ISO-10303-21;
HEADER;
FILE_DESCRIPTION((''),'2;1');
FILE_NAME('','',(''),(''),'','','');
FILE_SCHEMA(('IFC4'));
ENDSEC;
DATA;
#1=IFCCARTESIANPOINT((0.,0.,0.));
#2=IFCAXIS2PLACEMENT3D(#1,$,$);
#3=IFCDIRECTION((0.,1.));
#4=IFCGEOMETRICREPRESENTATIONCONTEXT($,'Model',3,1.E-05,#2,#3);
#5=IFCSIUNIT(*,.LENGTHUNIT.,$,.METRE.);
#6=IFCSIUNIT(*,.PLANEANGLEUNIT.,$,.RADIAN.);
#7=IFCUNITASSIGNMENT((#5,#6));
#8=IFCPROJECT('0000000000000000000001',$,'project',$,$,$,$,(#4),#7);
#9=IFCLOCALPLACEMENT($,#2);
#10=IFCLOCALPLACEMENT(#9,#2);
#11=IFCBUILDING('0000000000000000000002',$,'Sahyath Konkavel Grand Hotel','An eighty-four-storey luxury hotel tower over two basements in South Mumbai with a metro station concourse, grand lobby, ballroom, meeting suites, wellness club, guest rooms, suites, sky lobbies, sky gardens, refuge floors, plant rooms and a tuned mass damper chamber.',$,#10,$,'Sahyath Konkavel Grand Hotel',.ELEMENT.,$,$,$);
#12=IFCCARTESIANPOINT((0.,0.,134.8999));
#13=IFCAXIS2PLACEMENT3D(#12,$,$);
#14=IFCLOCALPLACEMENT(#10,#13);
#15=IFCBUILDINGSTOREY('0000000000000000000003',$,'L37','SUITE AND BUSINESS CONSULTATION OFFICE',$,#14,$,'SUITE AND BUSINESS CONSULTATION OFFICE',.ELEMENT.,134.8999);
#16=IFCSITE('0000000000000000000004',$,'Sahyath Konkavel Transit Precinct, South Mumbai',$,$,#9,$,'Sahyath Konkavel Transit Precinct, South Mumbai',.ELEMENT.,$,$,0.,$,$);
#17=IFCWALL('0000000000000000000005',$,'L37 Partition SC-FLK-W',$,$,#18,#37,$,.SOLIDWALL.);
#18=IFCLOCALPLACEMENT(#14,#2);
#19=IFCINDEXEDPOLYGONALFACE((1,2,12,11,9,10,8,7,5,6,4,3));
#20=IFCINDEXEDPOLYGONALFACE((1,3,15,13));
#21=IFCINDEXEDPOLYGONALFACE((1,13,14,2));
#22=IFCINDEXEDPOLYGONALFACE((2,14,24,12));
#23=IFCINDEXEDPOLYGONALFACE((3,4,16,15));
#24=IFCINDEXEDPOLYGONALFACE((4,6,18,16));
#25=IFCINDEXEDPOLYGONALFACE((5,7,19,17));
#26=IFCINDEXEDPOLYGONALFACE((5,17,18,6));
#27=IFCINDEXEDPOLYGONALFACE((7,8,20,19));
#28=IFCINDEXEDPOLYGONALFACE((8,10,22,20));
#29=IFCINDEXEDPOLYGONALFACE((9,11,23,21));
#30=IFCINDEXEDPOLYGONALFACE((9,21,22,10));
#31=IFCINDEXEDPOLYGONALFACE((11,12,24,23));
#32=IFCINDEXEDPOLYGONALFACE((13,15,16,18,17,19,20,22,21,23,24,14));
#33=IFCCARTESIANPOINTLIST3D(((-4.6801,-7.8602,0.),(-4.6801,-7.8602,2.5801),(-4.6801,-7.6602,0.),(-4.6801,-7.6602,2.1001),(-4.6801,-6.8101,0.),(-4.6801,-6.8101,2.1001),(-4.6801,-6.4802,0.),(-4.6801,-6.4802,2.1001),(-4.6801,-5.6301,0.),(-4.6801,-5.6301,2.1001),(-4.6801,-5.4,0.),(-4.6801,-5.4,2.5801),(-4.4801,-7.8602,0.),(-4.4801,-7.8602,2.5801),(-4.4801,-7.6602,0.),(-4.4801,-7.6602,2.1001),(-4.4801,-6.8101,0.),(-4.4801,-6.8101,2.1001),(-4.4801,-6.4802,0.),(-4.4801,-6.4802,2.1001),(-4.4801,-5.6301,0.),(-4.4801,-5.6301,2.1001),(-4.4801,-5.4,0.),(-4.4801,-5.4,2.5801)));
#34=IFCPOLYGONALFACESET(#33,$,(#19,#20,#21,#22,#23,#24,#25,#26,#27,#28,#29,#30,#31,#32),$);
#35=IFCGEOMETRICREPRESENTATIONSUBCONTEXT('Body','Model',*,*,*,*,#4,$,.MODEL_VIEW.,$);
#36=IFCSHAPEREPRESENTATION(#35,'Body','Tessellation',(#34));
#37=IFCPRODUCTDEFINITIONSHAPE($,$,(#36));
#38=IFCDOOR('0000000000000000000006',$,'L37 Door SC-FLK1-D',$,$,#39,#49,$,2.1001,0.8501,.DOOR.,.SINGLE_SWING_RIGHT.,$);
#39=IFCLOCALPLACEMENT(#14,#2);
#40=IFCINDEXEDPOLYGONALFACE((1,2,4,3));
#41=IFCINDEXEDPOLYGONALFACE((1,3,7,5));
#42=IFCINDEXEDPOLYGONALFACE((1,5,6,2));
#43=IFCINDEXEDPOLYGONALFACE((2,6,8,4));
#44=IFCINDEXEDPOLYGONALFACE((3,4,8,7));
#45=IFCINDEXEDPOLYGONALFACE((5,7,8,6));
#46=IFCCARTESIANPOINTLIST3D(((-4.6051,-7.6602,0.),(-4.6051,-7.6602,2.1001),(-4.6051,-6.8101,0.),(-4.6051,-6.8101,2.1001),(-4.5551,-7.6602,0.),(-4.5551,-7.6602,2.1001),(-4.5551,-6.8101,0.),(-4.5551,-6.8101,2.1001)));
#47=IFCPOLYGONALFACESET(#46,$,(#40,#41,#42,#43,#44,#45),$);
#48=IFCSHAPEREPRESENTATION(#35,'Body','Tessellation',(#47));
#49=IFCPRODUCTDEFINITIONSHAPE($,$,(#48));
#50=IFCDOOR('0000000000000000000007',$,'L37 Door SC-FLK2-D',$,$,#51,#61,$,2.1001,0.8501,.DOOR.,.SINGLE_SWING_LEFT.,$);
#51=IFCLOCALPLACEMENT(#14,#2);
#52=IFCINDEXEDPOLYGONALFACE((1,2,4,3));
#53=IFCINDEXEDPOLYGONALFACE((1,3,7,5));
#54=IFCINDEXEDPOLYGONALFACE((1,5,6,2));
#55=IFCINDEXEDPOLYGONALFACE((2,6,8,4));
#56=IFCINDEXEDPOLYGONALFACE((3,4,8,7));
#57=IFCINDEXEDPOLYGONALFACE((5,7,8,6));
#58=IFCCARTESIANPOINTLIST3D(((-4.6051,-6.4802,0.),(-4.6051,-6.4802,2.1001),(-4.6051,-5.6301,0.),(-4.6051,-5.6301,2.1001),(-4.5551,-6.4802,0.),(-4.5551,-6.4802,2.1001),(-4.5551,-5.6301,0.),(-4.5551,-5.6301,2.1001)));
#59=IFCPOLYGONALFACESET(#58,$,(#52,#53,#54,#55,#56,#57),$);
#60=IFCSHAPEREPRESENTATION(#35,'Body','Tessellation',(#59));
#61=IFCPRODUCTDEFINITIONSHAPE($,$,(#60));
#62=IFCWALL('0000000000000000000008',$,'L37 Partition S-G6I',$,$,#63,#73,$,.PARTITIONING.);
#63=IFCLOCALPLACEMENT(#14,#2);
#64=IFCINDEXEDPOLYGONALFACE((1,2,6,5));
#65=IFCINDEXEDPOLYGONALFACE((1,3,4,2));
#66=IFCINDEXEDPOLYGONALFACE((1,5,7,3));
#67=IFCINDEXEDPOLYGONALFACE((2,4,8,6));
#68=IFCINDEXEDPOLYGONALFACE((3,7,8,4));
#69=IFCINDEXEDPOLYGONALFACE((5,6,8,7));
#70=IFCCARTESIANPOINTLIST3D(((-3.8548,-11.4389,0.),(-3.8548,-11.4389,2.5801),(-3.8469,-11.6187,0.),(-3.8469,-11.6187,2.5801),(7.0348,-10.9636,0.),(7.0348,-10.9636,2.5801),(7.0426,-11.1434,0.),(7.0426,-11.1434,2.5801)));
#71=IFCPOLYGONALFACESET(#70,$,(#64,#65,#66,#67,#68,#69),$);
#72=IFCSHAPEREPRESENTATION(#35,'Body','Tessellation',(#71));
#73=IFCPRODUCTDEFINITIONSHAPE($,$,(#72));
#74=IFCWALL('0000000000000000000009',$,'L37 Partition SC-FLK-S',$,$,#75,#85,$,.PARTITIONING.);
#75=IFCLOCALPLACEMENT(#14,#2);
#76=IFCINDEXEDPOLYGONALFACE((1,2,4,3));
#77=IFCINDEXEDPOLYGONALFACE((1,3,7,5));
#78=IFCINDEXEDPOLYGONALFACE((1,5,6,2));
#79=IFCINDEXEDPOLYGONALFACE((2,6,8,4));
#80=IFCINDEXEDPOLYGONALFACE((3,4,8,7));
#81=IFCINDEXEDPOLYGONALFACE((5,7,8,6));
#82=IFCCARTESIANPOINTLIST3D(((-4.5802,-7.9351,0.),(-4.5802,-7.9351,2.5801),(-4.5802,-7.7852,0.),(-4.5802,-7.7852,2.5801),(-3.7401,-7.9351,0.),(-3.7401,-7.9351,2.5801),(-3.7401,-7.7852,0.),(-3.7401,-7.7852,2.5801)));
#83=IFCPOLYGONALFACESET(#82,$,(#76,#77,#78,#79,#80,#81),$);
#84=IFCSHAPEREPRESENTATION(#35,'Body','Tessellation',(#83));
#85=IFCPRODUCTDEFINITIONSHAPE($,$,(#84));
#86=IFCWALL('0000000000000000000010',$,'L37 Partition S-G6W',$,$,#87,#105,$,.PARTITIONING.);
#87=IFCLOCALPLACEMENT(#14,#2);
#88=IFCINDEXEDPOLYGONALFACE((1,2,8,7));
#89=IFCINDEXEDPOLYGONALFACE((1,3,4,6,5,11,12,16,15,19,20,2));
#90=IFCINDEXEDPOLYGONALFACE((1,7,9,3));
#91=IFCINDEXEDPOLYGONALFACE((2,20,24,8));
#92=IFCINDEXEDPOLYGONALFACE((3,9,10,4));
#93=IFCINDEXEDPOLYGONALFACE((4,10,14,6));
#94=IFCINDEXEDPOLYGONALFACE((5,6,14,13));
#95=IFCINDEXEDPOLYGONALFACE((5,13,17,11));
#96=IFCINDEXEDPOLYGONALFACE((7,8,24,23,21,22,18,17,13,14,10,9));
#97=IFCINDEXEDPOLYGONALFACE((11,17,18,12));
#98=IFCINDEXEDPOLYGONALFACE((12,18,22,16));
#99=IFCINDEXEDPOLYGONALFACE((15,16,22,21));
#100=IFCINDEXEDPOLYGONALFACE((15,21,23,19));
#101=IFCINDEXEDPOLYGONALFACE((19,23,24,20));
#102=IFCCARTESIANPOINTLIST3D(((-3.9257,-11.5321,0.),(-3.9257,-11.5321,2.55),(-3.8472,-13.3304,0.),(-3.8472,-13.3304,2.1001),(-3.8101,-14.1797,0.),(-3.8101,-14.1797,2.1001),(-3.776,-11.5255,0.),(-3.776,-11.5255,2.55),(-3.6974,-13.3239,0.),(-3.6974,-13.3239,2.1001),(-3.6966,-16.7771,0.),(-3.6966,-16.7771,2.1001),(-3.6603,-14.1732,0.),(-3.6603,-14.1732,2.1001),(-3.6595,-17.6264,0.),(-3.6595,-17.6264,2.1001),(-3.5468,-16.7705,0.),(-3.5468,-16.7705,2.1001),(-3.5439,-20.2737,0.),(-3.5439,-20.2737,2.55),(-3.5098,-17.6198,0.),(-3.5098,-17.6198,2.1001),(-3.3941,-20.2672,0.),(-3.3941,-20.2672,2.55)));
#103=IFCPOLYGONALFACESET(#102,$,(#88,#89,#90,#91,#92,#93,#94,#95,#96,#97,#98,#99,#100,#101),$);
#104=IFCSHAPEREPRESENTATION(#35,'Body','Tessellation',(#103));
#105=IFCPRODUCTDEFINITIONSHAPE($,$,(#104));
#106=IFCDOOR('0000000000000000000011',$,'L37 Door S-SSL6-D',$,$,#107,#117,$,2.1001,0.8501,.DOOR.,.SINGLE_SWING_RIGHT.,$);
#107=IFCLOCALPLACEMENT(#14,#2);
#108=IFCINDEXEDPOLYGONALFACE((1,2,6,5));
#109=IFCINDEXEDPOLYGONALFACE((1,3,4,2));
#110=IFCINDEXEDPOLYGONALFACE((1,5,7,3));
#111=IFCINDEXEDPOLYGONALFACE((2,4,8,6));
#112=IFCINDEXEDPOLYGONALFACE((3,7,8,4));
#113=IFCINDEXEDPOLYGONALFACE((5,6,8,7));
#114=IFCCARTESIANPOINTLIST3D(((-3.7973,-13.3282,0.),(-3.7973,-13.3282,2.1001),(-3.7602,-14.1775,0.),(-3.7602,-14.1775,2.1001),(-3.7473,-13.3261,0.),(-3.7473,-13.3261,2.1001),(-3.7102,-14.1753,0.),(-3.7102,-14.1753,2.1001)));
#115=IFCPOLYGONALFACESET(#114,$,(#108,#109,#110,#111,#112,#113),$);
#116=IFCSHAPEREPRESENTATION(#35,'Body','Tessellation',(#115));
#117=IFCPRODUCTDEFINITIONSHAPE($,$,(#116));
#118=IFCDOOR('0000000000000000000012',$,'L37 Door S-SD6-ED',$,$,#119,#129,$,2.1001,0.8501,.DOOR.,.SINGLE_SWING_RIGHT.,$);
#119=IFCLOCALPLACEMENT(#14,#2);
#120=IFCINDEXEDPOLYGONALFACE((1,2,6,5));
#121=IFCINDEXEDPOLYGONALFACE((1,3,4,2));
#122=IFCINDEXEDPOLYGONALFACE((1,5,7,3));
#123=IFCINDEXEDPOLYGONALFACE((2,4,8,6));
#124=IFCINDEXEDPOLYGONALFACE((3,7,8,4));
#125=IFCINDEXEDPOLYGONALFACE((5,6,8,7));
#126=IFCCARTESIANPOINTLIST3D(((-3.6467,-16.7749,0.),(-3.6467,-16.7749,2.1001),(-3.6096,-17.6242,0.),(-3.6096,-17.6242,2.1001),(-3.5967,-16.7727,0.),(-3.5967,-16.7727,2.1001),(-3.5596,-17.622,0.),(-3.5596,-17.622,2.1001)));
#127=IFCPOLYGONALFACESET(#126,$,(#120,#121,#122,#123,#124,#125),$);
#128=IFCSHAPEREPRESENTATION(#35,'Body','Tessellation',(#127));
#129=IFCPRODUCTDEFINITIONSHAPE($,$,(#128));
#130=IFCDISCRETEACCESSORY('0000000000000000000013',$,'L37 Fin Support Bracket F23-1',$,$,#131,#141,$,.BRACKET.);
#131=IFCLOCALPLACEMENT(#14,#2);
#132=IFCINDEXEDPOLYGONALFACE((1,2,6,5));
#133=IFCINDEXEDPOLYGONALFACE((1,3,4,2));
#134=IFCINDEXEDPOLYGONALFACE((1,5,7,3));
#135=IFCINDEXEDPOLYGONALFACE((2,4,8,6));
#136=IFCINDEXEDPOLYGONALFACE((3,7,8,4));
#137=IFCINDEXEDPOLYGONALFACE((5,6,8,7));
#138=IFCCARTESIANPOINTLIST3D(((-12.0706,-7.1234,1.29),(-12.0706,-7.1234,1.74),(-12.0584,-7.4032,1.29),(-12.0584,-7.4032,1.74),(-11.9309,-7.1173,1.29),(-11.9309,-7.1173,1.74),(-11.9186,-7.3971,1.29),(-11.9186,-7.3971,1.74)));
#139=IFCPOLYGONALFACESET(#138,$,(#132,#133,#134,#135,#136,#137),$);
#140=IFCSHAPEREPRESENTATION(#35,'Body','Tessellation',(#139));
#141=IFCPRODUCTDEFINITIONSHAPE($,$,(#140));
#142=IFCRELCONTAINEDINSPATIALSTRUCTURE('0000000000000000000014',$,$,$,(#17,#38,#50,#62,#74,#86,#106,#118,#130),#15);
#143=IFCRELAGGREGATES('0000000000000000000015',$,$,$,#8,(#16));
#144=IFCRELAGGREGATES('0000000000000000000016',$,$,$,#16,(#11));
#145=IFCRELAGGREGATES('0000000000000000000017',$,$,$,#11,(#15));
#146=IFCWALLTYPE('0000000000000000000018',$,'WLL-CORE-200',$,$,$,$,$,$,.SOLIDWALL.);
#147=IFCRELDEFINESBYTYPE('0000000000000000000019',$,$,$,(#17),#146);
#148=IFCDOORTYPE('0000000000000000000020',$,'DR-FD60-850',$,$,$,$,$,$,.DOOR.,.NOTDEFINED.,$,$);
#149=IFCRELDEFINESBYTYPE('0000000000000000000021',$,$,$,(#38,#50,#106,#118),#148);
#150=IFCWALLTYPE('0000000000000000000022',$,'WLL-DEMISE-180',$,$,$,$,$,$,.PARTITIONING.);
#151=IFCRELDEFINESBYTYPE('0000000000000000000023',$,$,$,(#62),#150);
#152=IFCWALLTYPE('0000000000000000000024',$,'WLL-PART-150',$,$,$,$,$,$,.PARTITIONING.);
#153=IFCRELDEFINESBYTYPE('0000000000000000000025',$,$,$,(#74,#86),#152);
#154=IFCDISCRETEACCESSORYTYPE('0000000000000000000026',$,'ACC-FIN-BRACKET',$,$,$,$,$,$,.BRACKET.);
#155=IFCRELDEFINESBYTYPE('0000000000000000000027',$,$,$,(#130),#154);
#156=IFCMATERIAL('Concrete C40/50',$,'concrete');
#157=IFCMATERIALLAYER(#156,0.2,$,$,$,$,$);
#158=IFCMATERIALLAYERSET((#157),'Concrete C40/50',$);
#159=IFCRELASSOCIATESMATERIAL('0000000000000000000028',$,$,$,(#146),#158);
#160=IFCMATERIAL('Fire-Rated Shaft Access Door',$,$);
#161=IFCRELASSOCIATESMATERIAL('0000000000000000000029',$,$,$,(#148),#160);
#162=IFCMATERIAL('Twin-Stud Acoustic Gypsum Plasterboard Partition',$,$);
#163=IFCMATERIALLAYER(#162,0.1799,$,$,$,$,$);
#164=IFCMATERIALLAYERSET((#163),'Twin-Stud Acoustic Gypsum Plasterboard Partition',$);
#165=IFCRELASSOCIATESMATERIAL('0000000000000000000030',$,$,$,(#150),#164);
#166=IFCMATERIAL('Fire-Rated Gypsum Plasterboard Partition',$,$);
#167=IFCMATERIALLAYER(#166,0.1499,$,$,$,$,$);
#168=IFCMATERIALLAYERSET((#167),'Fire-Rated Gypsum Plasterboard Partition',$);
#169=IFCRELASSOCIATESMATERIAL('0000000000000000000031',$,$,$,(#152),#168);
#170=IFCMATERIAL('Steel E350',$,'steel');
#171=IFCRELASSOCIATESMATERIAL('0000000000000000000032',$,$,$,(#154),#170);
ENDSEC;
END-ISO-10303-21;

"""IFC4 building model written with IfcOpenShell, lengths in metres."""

from ifc_helpers import new_model, si_unit, direction, frame, frame_2d, origin, origin_2d, place, context, subcontext, project, spatial, rectangle, extrude, source, transform, mapped, material, layer, layer_set, type_object, element, fill, save


model = new_model("IFC4")

# Units and contexts
model_context = context("Model", 3, precision=1e-05, world=origin(), true_north=direction((0.0, 1.0)))
body_context = subcontext(model_context, "Body", "Model", "MODEL_VIEW")
ifc_project = project(units=[si_unit("LENGTHUNIT", "METRE"), si_unit("PLANEANGLEUNIT", "RADIAN")], contexts=[model_context])

# Site, building, storey
site_placement = place(None, origin())
site = spatial("IfcSite", under=ifc_project, at=site_placement, Name="Sahyath Konkavel Transit Precinct, South Mumbai", LongName="Sahyath Konkavel Transit Precinct, South Mumbai", CompositionType="ELEMENT", RefElevation=0.0)
building_placement = place(site_placement, origin())
building = spatial("IfcBuilding", under=site, at=building_placement, Name="Sahyath Konkavel Grand Hotel", Description="An eighty-four-storey luxury hotel tower over two basements in South Mumbai with a metro station concourse, grand lobby, ballroom, meeting suites, wellness club, guest rooms, suites, sky lobbies, sky gardens, refuge floors, plant rooms and a tuned mass damper chamber.", LongName="Sahyath Konkavel Grand Hotel", CompositionType="ELEMENT")
storey_placement = place(building_placement, frame((0.0, 0.0, 134.8999)))
storey = spatial("IfcBuildingStorey", under=building, at=storey_placement, Name="L37", Description="SUITE AND BUSINESS CONSULTATION OFFICE", LongName="SUITE AND BUSINESS CONSULTATION OFFICE", CompositionType="ELEMENT", Elevation=134.8999)

# Shared definitions
ifc_material_1 = material(Name="Steel E350", Category="steel")

# Shared definitions
ifc_material_2 = material(Name="Concrete C40/50", Category="concrete")
ifc_layer_1 = layer(ifc_material_2, 0.2)
ifc_layer_set_1 = layer_set([ifc_layer_1], Name="Concrete C40/50")
wall_type_1 = type_object("IfcWallType", Name="WLL-CORE-200", PredefinedType="SOLIDWALL", material=ifc_layer_set_1)

# Wall, openings, doors
wall_1_placement = place(storey_placement, frame((-4.5801, -7.8601, 0.0), z_axis=(0.0, 0.0, 1.0), x_axis=(0.0, 1.0, 0.0)))
wall_1 = element("IfcWall", 1, at=wall_1_placement, inside=storey, type_object=wall_type_1, Name="L37 Partition SC-FLK-W", PredefinedType="SOLIDWALL", context=body_context, shape_type="SweptSolid", body=[
    extrude(rectangle(XDim=2.4602, YDim=0.2, at=frame_2d((1.23, 0.0))), origin(), (0.0, 0.0, 1.0), 2.5801),
])
opening_1_placement = place(wall_1_placement, frame((0.2, 0.0, 0.0)))
opening_1 = element("IfcOpeningElement", 2, at=opening_1_placement, cuts=wall_1, PredefinedType="OPENING", context=body_context, shape_type="SweptSolid", body=[
    extrude(rectangle(XDim=0.8501, YDim=2.1001, at=frame_2d((0.425, 1.05))), frame((0.0, 0.1099, 0.0), z_axis=(0.0, -1.0, 0.0), x_axis=(1.0, 0.0, 0.0)), (0.0, 0.0, 1.0), 0.22),
])
opening_2_placement = place(wall_1_placement, frame((1.3799, 0.0, 0.0)))
opening_2 = element("IfcOpeningElement", 3, at=opening_2_placement, cuts=wall_1, PredefinedType="OPENING", context=body_context, shape_type="SweptSolid", body=[
    extrude(rectangle(XDim=0.8501, YDim=2.1001, at=frame_2d((0.425, 1.05))), frame((0.0, 0.1099, 0.0), z_axis=(0.0, -1.0, 0.0), x_axis=(1.0, 0.0, 0.0)), (0.0, 0.0, 1.0), 0.22),
])
ifc_material_3 = material(Name="Fire-Rated Shaft Access Door")
door_type_1 = type_object("IfcDoorType", Name="DR-FD60-850", OperationType="NOTDEFINED", PredefinedType="DOOR", material=ifc_material_3)
shared_shape_1 = source(origin(), body_context, "Body", "SweptSolid", [
    extrude(rectangle(XDim=0.8501, YDim=0.05, at=origin_2d()), origin(), (0.0, 0.0, 1.0), 2.1001),
])
door_1_placement = place(opening_1_placement, frame((0.425, 0.0, 0.0)))
door_1 = element("IfcDoor", 4, at=door_1_placement, inside=storey, type_object=door_type_1, Name="L37 Door SC-FLK1-D", OperationType="SINGLE_SWING_RIGHT", OverallHeight=2.1001, OverallWidth=0.8501, PredefinedType="DOOR", context=body_context, shape_type="MappedRepresentation", body=[
    mapped(shared_shape_1, transform((0.0, 0.0, 0.0), scale=1.0)),
])
fill(opening_1, door_1)
door_2_placement = place(opening_2_placement, frame((0.425, 0.0, 0.0)))
door_2 = element("IfcDoor", 5, at=door_2_placement, inside=storey, type_object=door_type_1, Name="L37 Door SC-FLK2-D", OperationType="SINGLE_SWING_LEFT", OverallHeight=2.1001, OverallWidth=0.8501, PredefinedType="DOOR", context=body_context, shape_type="MappedRepresentation", body=[
    mapped(shared_shape_1, transform((0.0, 0.0, 0.0), scale=1.0)),
])
fill(opening_2, door_2)

# Walls
ifc_material_4 = material(Name="Twin-Stud Acoustic Gypsum Plasterboard Partition")
ifc_layer_2 = layer(ifc_material_4, 0.1799)
ifc_layer_set_2 = layer_set([ifc_layer_2], Name="Twin-Stud Acoustic Gypsum Plasterboard Partition")
wall_type_2 = type_object("IfcWallType", Name="WLL-DEMISE-180", PredefinedType="PARTITIONING", material=ifc_layer_set_2)
wall_2_placement = place(storey_placement, frame((-3.8508, -11.5288, 0.0), z_axis=(0.0, 0.0, 1.0), x_axis=(0.999049, 0.043609, 0.0)))
element("IfcWall", 6, at=wall_2_placement, inside=storey, type_object=wall_type_2, Name="L37 Partition S-G6I", PredefinedType="PARTITIONING", context=body_context, shape_type="SweptSolid", body=[
    extrude(rectangle(XDim=10.8999, YDim=0.1799, at=frame_2d((5.45, 0.0))), origin(), (0.0, 0.0, 1.0), 2.5801),
])
ifc_material_5 = material(Name="Fire-Rated Gypsum Plasterboard Partition")
ifc_layer_3 = layer(ifc_material_5, 0.1499)
ifc_layer_set_3 = layer_set([ifc_layer_3], Name="Fire-Rated Gypsum Plasterboard Partition")
wall_type_3 = type_object("IfcWallType", Name="WLL-PART-150", PredefinedType="PARTITIONING", material=ifc_layer_set_3)
wall_3_placement = place(storey_placement, frame((-4.5801, -7.8601, 0.0), z_axis=(0.0, 0.0, 1.0), x_axis=(1.0, 0.0, 0.0)))
element("IfcWall", 7, at=wall_3_placement, inside=storey, type_object=wall_type_3, Name="L37 Partition SC-FLK-S", PredefinedType="PARTITIONING", context=body_context, shape_type="SweptSolid", body=[
    extrude(rectangle(XDim=0.8401, YDim=0.1499, at=frame_2d((0.4199, 0.0))), origin(), (0.0, 0.0, 1.0), 2.5801),
])

# Wall, openings, doors
wall_4_placement = place(storey_placement, frame((-3.8508, -11.5288, 0.0), z_axis=(0.0, 0.0, 1.0), x_axis=(0.043638, -0.999047, 0.0)))
wall_4 = element("IfcWall", 8, at=wall_4_placement, inside=storey, type_object=wall_type_3, Name="L37 Partition S-G6W", PredefinedType="PARTITIONING", context=body_context, shape_type="SweptSolid", body=[
    extrude(rectangle(XDim=8.75, YDim=0.1499, at=frame_2d((4.375, 0.0))), origin(), (0.0, 0.0, 1.0), 2.55),
])
opening_3_placement = place(wall_4_placement, frame((1.8, 0.0, 0.0)))
opening_3 = element("IfcOpeningElement", 9, at=opening_3_placement, cuts=wall_4, PredefinedType="OPENING", context=body_context, shape_type="SweptSolid", body=[
    extrude(rectangle(XDim=0.8501, YDim=2.1001, at=frame_2d((0.425, 1.05))), frame((0.0, 0.085, 0.0), z_axis=(0.0, -1.0, 0.0), x_axis=(1.0, 0.0, 0.0)), (0.0, 0.0, 1.0), 0.1699),
])
opening_4_placement = place(wall_4_placement, frame((5.25, 0.0, 0.0)))
opening_4 = element("IfcOpeningElement", 10, at=opening_4_placement, cuts=wall_4, PredefinedType="OPENING", context=body_context, shape_type="SweptSolid", body=[
    extrude(rectangle(XDim=0.8501, YDim=2.1001, at=frame_2d((0.425, 1.05))), frame((0.0, 0.085, 0.0), z_axis=(0.0, -1.0, 0.0), x_axis=(1.0, 0.0, 0.0)), (0.0, 0.0, 1.0), 0.1699),
])
door_3_placement = place(opening_3_placement, frame((0.425, 0.0, 0.0)))
door_3 = element("IfcDoor", 11, at=door_3_placement, inside=storey, type_object=door_type_1, Name="L37 Door S-SSL6-D", OperationType="SINGLE_SWING_RIGHT", OverallHeight=2.1001, OverallWidth=0.8501, PredefinedType="DOOR", context=body_context, shape_type="MappedRepresentation", body=[
    mapped(shared_shape_1, transform((0.0, 0.0, 0.0), scale=1.0)),
])
fill(opening_3, door_3)
door_4_placement = place(opening_4_placement, frame((0.425, 0.0, 0.0)))
door_4 = element("IfcDoor", 12, at=door_4_placement, inside=storey, type_object=door_type_1, Name="L37 Door S-SD6-ED", OperationType="SINGLE_SWING_RIGHT", OverallHeight=2.1001, OverallWidth=0.8501, PredefinedType="DOOR", context=body_context, shape_type="MappedRepresentation", body=[
    mapped(shared_shape_1, transform((0.0, 0.0, 0.0), scale=1.0)),
])
fill(opening_4, door_4)

# Discrete accessory
discrete_accessory_type = type_object("IfcDiscreteAccessoryType", Name="ACC-FIN-BRACKET", PredefinedType="BRACKET", material=ifc_material_1)
shared_shape_2 = source(origin(), body_context, "Body", "SweptSolid", [
    extrude(rectangle(XDim=0.28, YDim=0.1399, at=origin_2d()), origin(), (0.0, 0.0, 1.0), 0.45),
])
discrete_accessory_placement = place(storey_placement, frame((-11.9946, -7.2603, 1.29), z_axis=(0.0, 0.0, 1.0), x_axis=(0.043619, -0.999048, 0.0)))
element("IfcDiscreteAccessory", 13, at=discrete_accessory_placement, inside=storey, type_object=discrete_accessory_type, Name="L37 Fin Support Bracket F23-1", PredefinedType="BRACKET", context=body_context, shape_type="MappedRepresentation", body=[
    mapped(shared_shape_2, transform((0.0, 0.0, 0.0), scale=1.0)),
])

save(model, "model.ifc")
